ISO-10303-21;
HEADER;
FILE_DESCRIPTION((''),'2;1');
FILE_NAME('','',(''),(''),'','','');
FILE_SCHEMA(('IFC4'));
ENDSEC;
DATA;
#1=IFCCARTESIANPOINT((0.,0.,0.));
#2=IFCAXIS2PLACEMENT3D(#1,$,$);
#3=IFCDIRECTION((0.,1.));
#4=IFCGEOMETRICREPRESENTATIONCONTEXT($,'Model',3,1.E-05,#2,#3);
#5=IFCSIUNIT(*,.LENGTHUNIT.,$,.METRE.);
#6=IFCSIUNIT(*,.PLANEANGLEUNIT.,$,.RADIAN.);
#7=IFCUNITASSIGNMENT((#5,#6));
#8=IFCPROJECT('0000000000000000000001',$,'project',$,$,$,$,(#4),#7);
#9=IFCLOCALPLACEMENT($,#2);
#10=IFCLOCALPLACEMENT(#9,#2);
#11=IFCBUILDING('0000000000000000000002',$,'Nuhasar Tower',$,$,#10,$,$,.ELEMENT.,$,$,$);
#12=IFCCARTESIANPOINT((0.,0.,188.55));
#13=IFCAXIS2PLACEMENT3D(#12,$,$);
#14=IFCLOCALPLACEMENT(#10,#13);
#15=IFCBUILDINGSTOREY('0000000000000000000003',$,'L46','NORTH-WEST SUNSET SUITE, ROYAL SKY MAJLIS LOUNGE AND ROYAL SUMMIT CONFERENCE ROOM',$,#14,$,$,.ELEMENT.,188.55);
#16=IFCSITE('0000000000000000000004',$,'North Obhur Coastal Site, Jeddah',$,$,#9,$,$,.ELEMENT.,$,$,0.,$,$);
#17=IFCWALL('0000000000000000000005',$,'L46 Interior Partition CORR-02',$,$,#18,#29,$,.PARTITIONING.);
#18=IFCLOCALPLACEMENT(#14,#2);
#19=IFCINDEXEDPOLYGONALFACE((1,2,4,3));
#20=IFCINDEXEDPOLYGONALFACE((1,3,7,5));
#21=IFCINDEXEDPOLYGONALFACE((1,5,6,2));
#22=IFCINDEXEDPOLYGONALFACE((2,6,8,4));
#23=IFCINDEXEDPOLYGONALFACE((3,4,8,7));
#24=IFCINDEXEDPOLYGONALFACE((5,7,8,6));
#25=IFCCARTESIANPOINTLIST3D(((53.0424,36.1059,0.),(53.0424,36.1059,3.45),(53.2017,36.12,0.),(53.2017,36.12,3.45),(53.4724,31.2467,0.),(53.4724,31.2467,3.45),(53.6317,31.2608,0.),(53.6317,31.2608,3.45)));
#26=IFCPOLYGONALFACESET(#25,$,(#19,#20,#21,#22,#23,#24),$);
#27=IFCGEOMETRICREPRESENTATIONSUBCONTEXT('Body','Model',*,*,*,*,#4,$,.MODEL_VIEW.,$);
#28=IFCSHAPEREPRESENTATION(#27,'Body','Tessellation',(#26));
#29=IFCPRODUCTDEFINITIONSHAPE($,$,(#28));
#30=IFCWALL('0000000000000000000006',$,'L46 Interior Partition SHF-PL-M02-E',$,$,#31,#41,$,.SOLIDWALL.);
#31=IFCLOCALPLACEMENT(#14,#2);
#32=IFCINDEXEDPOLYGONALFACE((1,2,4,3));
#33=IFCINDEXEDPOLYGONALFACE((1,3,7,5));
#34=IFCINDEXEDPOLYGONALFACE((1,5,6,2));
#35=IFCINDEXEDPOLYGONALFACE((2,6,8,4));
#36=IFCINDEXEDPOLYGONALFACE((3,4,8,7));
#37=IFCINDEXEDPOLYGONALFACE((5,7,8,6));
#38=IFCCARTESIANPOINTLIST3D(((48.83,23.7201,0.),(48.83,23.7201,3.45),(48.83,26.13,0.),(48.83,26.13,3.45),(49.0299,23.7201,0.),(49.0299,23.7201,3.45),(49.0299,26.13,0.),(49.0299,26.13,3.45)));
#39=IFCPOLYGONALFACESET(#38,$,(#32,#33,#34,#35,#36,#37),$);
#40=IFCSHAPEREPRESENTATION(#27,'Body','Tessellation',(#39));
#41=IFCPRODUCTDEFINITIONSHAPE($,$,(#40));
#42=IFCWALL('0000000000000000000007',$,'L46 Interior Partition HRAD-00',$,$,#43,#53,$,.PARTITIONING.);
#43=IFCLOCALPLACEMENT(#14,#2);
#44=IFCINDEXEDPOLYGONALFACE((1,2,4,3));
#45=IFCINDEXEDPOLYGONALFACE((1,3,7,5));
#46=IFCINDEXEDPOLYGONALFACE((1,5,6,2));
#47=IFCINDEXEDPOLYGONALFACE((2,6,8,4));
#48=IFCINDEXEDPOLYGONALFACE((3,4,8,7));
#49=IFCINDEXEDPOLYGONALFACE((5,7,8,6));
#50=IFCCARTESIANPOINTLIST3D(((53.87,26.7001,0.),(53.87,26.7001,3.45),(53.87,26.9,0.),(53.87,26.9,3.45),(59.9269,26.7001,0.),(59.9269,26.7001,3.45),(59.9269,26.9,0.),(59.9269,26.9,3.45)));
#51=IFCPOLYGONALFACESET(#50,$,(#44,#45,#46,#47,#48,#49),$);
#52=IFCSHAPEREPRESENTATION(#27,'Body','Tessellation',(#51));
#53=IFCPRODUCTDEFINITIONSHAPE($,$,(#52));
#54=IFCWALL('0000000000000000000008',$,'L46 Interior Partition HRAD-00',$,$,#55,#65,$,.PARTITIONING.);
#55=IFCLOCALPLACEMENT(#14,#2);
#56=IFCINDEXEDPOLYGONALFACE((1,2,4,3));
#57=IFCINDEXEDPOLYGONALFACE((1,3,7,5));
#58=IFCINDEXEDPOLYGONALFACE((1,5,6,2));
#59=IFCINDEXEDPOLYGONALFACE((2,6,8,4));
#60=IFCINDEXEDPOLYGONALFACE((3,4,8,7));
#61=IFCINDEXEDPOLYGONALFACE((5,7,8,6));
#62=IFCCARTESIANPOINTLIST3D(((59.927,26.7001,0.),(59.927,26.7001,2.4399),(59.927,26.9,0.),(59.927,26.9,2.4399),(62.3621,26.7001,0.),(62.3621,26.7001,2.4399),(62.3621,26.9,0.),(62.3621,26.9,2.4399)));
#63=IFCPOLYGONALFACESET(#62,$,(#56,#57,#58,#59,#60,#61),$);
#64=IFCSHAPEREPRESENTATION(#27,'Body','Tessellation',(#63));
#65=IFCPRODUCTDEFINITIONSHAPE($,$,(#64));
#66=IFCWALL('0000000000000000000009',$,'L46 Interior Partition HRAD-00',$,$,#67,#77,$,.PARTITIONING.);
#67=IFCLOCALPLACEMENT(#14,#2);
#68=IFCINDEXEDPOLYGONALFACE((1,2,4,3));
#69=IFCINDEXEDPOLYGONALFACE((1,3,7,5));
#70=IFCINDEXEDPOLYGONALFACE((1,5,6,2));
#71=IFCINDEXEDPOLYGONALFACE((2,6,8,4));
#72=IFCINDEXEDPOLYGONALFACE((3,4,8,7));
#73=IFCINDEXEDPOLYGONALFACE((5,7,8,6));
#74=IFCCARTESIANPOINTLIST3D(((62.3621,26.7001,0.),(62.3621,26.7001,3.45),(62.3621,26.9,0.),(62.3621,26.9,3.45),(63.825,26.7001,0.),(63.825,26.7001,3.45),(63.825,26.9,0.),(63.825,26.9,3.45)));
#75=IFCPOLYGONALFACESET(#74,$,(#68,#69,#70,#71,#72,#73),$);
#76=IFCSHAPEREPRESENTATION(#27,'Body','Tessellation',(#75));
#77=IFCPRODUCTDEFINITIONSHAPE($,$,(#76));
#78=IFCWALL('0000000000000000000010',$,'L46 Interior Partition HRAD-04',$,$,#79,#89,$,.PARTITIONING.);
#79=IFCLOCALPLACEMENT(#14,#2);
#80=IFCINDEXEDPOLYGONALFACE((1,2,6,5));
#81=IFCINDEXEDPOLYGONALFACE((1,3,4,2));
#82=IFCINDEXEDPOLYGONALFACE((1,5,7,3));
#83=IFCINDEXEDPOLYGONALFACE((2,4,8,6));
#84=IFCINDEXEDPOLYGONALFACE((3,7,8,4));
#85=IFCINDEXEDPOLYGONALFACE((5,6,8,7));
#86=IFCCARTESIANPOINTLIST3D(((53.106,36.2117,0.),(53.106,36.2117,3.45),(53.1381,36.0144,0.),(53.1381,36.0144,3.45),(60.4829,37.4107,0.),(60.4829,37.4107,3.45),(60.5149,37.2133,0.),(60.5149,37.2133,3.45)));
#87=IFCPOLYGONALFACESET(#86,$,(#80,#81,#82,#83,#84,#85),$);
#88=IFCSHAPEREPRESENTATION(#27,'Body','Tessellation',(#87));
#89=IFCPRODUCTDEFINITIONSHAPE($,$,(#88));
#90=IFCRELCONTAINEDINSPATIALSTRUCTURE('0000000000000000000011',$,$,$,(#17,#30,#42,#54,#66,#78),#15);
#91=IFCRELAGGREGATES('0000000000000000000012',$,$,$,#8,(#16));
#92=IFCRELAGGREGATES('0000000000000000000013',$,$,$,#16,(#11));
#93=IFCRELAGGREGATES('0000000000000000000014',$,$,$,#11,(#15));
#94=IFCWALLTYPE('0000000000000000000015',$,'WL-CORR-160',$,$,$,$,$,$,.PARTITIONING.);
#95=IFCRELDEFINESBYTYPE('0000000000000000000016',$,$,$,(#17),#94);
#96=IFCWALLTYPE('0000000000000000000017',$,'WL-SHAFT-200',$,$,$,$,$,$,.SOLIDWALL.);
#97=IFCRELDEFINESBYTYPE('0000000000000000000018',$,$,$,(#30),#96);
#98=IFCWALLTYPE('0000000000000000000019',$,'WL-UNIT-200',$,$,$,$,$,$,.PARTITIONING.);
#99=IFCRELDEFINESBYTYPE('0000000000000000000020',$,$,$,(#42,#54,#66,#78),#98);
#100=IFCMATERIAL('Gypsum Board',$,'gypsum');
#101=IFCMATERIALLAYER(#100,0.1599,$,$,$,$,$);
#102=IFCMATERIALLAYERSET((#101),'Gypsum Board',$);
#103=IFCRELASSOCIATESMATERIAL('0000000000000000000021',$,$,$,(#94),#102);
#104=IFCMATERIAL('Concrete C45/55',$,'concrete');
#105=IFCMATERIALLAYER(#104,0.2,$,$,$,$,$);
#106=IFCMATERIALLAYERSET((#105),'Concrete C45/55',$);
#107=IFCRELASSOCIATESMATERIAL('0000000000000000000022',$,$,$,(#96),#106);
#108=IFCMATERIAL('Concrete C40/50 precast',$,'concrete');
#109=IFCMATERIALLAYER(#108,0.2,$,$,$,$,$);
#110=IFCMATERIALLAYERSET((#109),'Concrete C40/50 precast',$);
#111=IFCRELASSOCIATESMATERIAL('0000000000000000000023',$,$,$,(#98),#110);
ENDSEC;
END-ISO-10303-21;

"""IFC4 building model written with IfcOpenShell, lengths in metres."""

from ifc_helpers import new_model, si_unit, direction, frame, frame_2d, origin, place, context, subcontext, project, spatial, rectangle, extrude, material, layer, layer_set, type_object, element, save


model = new_model("IFC4")

# Units and contexts
model_context = context("Model", 3, precision=1e-05, world=origin(), true_north=direction((0.0, 1.0)))
body_context = subcontext(model_context, "Body", "Model", "MODEL_VIEW")
ifc_project = project(units=[si_unit("LENGTHUNIT", "METRE"), si_unit("PLANEANGLEUNIT", "RADIAN")], contexts=[model_context])

# Site, building, storey
site_placement = place(None, origin())
site = spatial("IfcSite", under=ifc_project, at=site_placement, Name="North Obhur Coastal Site, Jeddah", CompositionType="ELEMENT", RefElevation=0.0)
building_placement = place(site_placement, origin())
building = spatial("IfcBuilding", under=site, at=building_placement, Name="Nuhasar Tower", CompositionType="ELEMENT")
storey_placement = place(building_placement, frame((0.0, 0.0, 188.55)))
storey = spatial("IfcBuildingStorey", under=building, at=storey_placement, Name="L46", Description="NORTH-WEST SUNSET SUITE, ROYAL SKY MAJLIS LOUNGE AND ROYAL SUMMIT CONFERENCE ROOM", CompositionType="ELEMENT", Elevation=188.55)

# Shared definitions
ifc_material_1 = material(Name="Gypsum Board", Category="gypsum")
ifc_layer_1 = layer(ifc_material_1, 0.1599)
ifc_layer_set_1 = layer_set([ifc_layer_1], Name="Gypsum Board")
wall_type_1 = type_object("IfcWallType", Name="WL-CORR-160", PredefinedType="PARTITIONING", material=ifc_layer_set_1)

# Walls
wall_1_placement = place(storey_placement, frame((53.552, 31.2539, 0.0), z_axis=(0.0, 0.0, 1.0), x_axis=(-0.088135, 0.996109, 0.0)))
element("IfcWall", 1, at=wall_1_placement, inside=storey, type_object=wall_type_1, Name="L46 Interior Partition CORR-02", PredefinedType="PARTITIONING", context=body_context, shape_type="SweptSolid", body=[
    extrude(rectangle(XDim=4.8782, YDim=0.1599, at=frame_2d((2.439, 0.0))), origin(), (0.0, 0.0, 1.0), 3.45),
])
ifc_material_2 = material(Name="Concrete C45/55", Category="concrete")
ifc_layer_2 = layer(ifc_material_2, 0.2)
ifc_layer_set_2 = layer_set([ifc_layer_2], Name="Concrete C45/55")
wall_type_2 = type_object("IfcWallType", Name="WL-SHAFT-200", PredefinedType="SOLIDWALL", material=ifc_layer_set_2)
wall_2_placement = place(storey_placement, frame((48.9299, 23.72, 0.0), z_axis=(0.0, 0.0, 1.0), x_axis=(0.0, 1.0, 0.0)))
element("IfcWall", 2, at=wall_2_placement, inside=storey, type_object=wall_type_2, Name="L46 Interior Partition SHF-PL-M02-E", PredefinedType="SOLIDWALL", context=body_context, shape_type="SweptSolid", body=[
    extrude(rectangle(XDim=2.4099, YDim=0.2, at=frame_2d((1.2051, 0.0))), origin(), (0.0, 0.0, 1.0), 3.45),
])
ifc_material_3 = material(Name="Concrete C40/50 precast", Category="concrete")
ifc_layer_3 = layer(ifc_material_3, 0.2)
ifc_layer_set_3 = layer_set([ifc_layer_3], Name="Concrete C40/50 precast")
wall_type_3 = type_object("IfcWallType", Name="WL-UNIT-200", PredefinedType="PARTITIONING", material=ifc_layer_set_3)
wall_3_placement = place(storey_placement, frame((53.8701, 26.8, 0.0), z_axis=(0.0, 0.0, 1.0), x_axis=(1.0, 0.0, 0.0)))
element("IfcWall", 3, at=wall_3_placement, inside=storey, type_object=wall_type_3, Name="L46 Interior Partition HRAD-00", PredefinedType="PARTITIONING", context=body_context, shape_type="SweptSolid", body=[
    extrude(rectangle(XDim=6.0569, YDim=0.2, at=frame_2d((3.0283, 0.0))), origin(), (0.0, 0.0, 1.0), 3.45),
])
wall_4_placement = place(storey_placement, frame((59.927, 26.8, 0.0), z_axis=(0.0, 0.0, 1.0), x_axis=(1.0, 0.0, 0.0)))
element("IfcWall", 4, at=wall_4_placement, inside=storey, type_object=wall_type_3, Name="L46 Interior Partition HRAD-00", PredefinedType="PARTITIONING", context=body_context, shape_type="SweptSolid", body=[
    extrude(rectangle(XDim=2.4351, YDim=0.2, at=frame_2d((1.2175, 0.0))), origin(), (0.0, 0.0, 1.0), 2.4399),
])
wall_5_placement = place(storey_placement, frame((62.3621, 26.8, 0.0), z_axis=(0.0, 0.0, 1.0), x_axis=(1.0, 0.0, 0.0)))
element("IfcWall", 5, at=wall_5_placement, inside=storey, type_object=wall_type_3, Name="L46 Interior Partition HRAD-00", PredefinedType="PARTITIONING", context=body_context, shape_type="SweptSolid", body=[
    extrude(rectangle(XDim=1.4629, YDim=0.2, at=frame_2d((0.7314, 0.0))), origin(), (0.0, 0.0, 1.0), 3.45),
])
wall_6_placement = place(storey_placement, frame((53.1221, 36.113, 0.0), z_axis=(0.0, 0.0, 1.0), x_axis=(0.987048, 0.160425, 0.0)))
element("IfcWall", 6, at=wall_6_placement, inside=storey, type_object=wall_type_3, Name="L46 Interior Partition HRAD-04", PredefinedType="PARTITIONING", context=body_context, shape_type="SweptSolid", body=[
    extrude(rectangle(XDim=7.4736, YDim=0.2, at=frame_2d((3.7368, 0.0))), origin(), (0.0, 0.0, 1.0), 3.45),
])

save(model, "model.ifc")
